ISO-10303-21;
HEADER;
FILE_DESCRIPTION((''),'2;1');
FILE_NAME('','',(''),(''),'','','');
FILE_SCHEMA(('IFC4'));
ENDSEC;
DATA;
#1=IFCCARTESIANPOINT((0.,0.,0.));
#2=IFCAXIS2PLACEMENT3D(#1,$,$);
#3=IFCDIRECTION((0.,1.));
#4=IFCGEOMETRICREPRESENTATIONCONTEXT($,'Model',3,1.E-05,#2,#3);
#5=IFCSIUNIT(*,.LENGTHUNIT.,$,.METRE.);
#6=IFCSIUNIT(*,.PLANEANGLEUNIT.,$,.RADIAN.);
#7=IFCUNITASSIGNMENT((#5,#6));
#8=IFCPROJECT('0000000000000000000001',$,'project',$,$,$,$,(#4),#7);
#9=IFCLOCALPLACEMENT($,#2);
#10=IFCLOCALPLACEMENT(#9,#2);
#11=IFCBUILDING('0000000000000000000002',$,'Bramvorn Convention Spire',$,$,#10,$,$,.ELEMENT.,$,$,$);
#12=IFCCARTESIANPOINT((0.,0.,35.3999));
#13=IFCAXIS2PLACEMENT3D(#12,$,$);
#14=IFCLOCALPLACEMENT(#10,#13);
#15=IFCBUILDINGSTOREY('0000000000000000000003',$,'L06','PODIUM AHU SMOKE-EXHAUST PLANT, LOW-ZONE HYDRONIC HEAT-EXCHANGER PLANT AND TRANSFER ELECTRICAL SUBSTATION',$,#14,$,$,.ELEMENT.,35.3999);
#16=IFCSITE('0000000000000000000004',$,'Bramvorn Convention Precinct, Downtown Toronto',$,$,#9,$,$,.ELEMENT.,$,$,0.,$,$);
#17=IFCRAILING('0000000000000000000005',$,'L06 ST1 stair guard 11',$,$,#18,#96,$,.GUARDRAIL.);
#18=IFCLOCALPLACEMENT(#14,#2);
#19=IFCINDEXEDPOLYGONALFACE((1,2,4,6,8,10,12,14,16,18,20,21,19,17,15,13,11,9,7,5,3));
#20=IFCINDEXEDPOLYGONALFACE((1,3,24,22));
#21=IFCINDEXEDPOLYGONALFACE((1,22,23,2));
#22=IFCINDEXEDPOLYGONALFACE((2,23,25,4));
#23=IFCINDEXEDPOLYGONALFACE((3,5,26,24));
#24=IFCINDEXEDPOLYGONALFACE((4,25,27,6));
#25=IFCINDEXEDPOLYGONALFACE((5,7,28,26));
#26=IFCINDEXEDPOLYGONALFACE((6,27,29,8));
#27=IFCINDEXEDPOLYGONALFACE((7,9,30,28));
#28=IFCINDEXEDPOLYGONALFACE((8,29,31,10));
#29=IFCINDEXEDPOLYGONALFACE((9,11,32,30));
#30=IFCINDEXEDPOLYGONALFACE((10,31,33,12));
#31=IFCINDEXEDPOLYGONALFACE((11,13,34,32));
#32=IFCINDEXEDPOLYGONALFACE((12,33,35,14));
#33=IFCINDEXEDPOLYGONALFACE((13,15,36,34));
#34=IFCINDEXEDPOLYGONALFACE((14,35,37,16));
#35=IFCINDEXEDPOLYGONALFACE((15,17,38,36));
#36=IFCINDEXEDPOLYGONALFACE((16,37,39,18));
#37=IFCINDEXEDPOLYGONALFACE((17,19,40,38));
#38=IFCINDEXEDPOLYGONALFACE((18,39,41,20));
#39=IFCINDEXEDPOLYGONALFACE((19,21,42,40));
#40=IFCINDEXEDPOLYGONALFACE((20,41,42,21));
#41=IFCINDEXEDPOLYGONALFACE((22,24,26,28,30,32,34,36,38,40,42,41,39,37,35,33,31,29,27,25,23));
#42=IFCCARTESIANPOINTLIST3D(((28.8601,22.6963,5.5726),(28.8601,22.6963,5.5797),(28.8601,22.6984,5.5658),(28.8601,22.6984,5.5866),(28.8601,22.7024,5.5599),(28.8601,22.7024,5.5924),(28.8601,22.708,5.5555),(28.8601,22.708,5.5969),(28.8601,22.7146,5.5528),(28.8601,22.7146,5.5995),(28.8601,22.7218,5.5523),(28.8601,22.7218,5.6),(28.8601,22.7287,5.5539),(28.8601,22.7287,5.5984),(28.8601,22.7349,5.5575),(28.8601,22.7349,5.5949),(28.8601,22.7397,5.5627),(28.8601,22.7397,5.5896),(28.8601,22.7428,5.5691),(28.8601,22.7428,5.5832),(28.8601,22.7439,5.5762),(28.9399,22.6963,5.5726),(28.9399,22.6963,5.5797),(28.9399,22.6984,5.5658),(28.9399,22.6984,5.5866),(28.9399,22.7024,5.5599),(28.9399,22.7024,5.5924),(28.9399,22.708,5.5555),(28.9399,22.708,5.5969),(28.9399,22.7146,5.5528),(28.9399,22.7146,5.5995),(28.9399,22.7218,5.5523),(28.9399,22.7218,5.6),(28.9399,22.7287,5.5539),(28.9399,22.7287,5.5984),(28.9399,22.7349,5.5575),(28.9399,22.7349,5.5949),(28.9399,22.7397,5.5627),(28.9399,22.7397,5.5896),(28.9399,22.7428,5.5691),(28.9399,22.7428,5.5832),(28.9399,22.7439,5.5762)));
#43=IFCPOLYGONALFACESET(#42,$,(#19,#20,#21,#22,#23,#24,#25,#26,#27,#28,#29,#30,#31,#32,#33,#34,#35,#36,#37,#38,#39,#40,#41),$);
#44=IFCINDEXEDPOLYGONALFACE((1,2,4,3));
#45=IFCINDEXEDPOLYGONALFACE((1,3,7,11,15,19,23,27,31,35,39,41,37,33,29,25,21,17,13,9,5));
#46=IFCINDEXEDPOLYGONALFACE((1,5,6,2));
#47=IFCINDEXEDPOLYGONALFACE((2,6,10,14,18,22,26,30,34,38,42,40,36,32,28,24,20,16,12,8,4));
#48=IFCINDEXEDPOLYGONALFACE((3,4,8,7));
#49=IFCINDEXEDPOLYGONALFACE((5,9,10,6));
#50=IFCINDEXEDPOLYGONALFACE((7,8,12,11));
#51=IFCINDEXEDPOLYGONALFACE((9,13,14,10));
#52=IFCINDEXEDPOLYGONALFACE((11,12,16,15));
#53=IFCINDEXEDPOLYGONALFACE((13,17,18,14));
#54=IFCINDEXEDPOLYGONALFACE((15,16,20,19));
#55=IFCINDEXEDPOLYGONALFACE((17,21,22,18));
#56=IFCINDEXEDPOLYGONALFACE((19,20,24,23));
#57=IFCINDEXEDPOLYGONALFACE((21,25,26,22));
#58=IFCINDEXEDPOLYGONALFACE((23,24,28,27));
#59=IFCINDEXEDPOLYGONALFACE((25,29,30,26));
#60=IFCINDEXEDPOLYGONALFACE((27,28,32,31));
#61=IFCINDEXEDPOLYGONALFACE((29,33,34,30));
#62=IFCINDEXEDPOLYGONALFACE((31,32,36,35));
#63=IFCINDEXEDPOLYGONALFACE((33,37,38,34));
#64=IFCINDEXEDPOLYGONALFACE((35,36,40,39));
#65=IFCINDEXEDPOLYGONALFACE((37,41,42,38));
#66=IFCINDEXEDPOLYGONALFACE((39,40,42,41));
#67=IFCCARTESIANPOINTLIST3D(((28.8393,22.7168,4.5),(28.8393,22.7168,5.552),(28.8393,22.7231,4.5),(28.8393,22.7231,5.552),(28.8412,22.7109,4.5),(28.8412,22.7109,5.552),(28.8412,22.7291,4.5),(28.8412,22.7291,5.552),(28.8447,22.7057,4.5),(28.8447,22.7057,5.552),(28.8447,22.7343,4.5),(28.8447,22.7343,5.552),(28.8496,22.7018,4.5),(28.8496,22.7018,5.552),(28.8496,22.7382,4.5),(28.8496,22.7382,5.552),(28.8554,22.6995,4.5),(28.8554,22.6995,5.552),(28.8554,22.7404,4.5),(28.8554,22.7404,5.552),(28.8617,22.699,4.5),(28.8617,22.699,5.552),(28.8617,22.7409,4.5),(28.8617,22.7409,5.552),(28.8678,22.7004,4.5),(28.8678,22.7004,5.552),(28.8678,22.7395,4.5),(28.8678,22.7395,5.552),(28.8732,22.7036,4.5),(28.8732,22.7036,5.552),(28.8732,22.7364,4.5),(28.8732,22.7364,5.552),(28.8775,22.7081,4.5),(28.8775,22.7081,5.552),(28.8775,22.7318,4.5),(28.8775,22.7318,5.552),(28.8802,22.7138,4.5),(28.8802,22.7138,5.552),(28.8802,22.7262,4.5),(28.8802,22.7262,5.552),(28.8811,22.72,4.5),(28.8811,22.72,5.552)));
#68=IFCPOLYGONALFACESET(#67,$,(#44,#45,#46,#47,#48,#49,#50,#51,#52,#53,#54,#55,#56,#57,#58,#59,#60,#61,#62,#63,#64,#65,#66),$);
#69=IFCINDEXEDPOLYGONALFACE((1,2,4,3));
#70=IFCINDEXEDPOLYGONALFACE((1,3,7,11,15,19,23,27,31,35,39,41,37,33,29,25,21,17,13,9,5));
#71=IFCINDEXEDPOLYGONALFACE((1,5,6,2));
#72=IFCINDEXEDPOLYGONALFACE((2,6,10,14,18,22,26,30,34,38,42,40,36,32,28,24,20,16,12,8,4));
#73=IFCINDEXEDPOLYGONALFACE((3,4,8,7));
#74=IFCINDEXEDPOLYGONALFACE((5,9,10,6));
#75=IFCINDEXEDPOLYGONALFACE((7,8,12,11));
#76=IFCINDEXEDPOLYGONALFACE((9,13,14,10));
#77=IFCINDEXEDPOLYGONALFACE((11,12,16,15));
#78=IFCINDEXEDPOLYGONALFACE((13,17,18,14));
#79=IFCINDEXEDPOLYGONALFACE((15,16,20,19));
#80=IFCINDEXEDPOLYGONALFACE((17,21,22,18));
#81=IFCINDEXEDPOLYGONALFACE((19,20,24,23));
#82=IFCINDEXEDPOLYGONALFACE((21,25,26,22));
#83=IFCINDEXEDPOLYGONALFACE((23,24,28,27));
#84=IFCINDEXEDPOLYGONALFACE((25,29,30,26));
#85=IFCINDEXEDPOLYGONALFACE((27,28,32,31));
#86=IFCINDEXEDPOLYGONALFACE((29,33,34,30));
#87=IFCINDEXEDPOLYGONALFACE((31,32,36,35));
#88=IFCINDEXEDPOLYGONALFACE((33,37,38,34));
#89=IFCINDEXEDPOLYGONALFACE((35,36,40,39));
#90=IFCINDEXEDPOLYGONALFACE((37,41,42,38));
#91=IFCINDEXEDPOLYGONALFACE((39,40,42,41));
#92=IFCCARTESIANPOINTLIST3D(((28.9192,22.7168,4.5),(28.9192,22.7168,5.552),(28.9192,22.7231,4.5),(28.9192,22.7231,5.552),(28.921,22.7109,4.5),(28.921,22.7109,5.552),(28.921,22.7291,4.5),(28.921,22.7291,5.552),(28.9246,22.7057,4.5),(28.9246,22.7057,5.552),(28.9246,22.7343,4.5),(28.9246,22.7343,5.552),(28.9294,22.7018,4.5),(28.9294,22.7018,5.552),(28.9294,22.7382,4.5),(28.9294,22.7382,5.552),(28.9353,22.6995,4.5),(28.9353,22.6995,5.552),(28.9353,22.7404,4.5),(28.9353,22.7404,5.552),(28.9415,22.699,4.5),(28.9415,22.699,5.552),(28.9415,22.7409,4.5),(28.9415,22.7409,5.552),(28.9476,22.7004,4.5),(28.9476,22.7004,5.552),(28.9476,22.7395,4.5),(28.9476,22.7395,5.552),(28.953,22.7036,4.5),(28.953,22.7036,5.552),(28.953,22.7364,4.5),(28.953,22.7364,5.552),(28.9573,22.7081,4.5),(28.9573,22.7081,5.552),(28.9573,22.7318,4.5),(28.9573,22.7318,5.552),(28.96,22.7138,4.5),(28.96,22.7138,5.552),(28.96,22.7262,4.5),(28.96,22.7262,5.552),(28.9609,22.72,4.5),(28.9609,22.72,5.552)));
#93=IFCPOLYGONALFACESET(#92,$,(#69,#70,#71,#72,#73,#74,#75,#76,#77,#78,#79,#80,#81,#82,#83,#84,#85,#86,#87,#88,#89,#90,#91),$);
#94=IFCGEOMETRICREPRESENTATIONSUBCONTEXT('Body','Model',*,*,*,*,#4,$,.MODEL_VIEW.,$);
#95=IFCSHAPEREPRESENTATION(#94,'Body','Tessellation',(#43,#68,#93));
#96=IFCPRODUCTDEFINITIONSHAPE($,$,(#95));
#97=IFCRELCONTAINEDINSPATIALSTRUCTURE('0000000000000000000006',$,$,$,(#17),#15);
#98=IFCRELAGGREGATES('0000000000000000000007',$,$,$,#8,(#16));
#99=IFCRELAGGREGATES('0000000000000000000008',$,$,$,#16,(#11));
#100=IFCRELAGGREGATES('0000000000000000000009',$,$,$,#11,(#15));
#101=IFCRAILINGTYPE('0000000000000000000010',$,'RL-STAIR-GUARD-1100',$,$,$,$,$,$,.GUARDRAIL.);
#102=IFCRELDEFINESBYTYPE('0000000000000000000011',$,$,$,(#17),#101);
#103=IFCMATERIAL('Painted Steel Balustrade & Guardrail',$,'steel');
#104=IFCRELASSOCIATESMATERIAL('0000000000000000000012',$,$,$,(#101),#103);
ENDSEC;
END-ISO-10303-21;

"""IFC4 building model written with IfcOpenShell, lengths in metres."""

from ifc_helpers import new_model, si_unit, direction, frame, origin, origin_2d, place, context, subcontext, project, spatial, circle, extrude, material, type_object, element, save


model = new_model("IFC4")

# Units and contexts
model_context = context("Model", 3, precision=1e-05, world=origin(), true_north=direction((0.0, 1.0)))
body_context = subcontext(model_context, "Body", "Model", "MODEL_VIEW")
ifc_project = project(units=[si_unit("LENGTHUNIT", "METRE"), si_unit("PLANEANGLEUNIT", "RADIAN")], contexts=[model_context])

# Site, building, storey
site_placement = place(None, origin())
site = spatial("IfcSite", under=ifc_project, at=site_placement, Name="Bramvorn Convention Precinct, Downtown Toronto", CompositionType="ELEMENT", RefElevation=0.0)
building_placement = place(site_placement, origin())
building = spatial("IfcBuilding", under=site, at=building_placement, Name="Bramvorn Convention Spire", CompositionType="ELEMENT")
storey_placement = place(building_placement, frame((0.0, 0.0, 35.3999)))
storey = spatial("IfcBuildingStorey", under=building, at=storey_placement, Name="L06", Description="PODIUM AHU SMOKE-EXHAUST PLANT, LOW-ZONE HYDRONIC HEAT-EXCHANGER PLANT AND TRANSFER ELECTRICAL SUBSTATION", CompositionType="ELEMENT", Elevation=35.3999)

# Railing
ifc_material_1 = material(Name="Painted Steel Balustrade & Guardrail", Category="steel")
railing_type_1 = type_object("IfcRailingType", Name="RL-STAIR-GUARD-1100", PredefinedType="GUARDRAIL", material=ifc_material_1)
railing_1_placement = place(storey_placement, frame((28.8601, 22.72, 4.5)))
element("IfcRailing", 1, at=railing_1_placement, inside=storey, type_object=railing_type_1, Name="L06 ST1 stair guard 11", PredefinedType="GUARDRAIL", context=body_context, shape_type="SweptSolid", body=[
    extrude(circle(Radius=0.0239, at=origin_2d()), frame((0.0, 0.0, 1.0762), z_axis=(1.0, 0.0, 0.0), x_axis=(0.0, 1.0, 0.0)), (0.0, 0.0, 1.0), 0.0798),
    extrude(circle(Radius=0.021, at=origin_2d()), origin(), (0.0, 0.0, 1.0), 1.052),
    extrude(circle(Radius=0.021, at=origin_2d()), frame((0.0798, 0.0, 0.0)), (0.0, 0.0, 1.0), 1.052),
])

save(model, "model.ifc")
